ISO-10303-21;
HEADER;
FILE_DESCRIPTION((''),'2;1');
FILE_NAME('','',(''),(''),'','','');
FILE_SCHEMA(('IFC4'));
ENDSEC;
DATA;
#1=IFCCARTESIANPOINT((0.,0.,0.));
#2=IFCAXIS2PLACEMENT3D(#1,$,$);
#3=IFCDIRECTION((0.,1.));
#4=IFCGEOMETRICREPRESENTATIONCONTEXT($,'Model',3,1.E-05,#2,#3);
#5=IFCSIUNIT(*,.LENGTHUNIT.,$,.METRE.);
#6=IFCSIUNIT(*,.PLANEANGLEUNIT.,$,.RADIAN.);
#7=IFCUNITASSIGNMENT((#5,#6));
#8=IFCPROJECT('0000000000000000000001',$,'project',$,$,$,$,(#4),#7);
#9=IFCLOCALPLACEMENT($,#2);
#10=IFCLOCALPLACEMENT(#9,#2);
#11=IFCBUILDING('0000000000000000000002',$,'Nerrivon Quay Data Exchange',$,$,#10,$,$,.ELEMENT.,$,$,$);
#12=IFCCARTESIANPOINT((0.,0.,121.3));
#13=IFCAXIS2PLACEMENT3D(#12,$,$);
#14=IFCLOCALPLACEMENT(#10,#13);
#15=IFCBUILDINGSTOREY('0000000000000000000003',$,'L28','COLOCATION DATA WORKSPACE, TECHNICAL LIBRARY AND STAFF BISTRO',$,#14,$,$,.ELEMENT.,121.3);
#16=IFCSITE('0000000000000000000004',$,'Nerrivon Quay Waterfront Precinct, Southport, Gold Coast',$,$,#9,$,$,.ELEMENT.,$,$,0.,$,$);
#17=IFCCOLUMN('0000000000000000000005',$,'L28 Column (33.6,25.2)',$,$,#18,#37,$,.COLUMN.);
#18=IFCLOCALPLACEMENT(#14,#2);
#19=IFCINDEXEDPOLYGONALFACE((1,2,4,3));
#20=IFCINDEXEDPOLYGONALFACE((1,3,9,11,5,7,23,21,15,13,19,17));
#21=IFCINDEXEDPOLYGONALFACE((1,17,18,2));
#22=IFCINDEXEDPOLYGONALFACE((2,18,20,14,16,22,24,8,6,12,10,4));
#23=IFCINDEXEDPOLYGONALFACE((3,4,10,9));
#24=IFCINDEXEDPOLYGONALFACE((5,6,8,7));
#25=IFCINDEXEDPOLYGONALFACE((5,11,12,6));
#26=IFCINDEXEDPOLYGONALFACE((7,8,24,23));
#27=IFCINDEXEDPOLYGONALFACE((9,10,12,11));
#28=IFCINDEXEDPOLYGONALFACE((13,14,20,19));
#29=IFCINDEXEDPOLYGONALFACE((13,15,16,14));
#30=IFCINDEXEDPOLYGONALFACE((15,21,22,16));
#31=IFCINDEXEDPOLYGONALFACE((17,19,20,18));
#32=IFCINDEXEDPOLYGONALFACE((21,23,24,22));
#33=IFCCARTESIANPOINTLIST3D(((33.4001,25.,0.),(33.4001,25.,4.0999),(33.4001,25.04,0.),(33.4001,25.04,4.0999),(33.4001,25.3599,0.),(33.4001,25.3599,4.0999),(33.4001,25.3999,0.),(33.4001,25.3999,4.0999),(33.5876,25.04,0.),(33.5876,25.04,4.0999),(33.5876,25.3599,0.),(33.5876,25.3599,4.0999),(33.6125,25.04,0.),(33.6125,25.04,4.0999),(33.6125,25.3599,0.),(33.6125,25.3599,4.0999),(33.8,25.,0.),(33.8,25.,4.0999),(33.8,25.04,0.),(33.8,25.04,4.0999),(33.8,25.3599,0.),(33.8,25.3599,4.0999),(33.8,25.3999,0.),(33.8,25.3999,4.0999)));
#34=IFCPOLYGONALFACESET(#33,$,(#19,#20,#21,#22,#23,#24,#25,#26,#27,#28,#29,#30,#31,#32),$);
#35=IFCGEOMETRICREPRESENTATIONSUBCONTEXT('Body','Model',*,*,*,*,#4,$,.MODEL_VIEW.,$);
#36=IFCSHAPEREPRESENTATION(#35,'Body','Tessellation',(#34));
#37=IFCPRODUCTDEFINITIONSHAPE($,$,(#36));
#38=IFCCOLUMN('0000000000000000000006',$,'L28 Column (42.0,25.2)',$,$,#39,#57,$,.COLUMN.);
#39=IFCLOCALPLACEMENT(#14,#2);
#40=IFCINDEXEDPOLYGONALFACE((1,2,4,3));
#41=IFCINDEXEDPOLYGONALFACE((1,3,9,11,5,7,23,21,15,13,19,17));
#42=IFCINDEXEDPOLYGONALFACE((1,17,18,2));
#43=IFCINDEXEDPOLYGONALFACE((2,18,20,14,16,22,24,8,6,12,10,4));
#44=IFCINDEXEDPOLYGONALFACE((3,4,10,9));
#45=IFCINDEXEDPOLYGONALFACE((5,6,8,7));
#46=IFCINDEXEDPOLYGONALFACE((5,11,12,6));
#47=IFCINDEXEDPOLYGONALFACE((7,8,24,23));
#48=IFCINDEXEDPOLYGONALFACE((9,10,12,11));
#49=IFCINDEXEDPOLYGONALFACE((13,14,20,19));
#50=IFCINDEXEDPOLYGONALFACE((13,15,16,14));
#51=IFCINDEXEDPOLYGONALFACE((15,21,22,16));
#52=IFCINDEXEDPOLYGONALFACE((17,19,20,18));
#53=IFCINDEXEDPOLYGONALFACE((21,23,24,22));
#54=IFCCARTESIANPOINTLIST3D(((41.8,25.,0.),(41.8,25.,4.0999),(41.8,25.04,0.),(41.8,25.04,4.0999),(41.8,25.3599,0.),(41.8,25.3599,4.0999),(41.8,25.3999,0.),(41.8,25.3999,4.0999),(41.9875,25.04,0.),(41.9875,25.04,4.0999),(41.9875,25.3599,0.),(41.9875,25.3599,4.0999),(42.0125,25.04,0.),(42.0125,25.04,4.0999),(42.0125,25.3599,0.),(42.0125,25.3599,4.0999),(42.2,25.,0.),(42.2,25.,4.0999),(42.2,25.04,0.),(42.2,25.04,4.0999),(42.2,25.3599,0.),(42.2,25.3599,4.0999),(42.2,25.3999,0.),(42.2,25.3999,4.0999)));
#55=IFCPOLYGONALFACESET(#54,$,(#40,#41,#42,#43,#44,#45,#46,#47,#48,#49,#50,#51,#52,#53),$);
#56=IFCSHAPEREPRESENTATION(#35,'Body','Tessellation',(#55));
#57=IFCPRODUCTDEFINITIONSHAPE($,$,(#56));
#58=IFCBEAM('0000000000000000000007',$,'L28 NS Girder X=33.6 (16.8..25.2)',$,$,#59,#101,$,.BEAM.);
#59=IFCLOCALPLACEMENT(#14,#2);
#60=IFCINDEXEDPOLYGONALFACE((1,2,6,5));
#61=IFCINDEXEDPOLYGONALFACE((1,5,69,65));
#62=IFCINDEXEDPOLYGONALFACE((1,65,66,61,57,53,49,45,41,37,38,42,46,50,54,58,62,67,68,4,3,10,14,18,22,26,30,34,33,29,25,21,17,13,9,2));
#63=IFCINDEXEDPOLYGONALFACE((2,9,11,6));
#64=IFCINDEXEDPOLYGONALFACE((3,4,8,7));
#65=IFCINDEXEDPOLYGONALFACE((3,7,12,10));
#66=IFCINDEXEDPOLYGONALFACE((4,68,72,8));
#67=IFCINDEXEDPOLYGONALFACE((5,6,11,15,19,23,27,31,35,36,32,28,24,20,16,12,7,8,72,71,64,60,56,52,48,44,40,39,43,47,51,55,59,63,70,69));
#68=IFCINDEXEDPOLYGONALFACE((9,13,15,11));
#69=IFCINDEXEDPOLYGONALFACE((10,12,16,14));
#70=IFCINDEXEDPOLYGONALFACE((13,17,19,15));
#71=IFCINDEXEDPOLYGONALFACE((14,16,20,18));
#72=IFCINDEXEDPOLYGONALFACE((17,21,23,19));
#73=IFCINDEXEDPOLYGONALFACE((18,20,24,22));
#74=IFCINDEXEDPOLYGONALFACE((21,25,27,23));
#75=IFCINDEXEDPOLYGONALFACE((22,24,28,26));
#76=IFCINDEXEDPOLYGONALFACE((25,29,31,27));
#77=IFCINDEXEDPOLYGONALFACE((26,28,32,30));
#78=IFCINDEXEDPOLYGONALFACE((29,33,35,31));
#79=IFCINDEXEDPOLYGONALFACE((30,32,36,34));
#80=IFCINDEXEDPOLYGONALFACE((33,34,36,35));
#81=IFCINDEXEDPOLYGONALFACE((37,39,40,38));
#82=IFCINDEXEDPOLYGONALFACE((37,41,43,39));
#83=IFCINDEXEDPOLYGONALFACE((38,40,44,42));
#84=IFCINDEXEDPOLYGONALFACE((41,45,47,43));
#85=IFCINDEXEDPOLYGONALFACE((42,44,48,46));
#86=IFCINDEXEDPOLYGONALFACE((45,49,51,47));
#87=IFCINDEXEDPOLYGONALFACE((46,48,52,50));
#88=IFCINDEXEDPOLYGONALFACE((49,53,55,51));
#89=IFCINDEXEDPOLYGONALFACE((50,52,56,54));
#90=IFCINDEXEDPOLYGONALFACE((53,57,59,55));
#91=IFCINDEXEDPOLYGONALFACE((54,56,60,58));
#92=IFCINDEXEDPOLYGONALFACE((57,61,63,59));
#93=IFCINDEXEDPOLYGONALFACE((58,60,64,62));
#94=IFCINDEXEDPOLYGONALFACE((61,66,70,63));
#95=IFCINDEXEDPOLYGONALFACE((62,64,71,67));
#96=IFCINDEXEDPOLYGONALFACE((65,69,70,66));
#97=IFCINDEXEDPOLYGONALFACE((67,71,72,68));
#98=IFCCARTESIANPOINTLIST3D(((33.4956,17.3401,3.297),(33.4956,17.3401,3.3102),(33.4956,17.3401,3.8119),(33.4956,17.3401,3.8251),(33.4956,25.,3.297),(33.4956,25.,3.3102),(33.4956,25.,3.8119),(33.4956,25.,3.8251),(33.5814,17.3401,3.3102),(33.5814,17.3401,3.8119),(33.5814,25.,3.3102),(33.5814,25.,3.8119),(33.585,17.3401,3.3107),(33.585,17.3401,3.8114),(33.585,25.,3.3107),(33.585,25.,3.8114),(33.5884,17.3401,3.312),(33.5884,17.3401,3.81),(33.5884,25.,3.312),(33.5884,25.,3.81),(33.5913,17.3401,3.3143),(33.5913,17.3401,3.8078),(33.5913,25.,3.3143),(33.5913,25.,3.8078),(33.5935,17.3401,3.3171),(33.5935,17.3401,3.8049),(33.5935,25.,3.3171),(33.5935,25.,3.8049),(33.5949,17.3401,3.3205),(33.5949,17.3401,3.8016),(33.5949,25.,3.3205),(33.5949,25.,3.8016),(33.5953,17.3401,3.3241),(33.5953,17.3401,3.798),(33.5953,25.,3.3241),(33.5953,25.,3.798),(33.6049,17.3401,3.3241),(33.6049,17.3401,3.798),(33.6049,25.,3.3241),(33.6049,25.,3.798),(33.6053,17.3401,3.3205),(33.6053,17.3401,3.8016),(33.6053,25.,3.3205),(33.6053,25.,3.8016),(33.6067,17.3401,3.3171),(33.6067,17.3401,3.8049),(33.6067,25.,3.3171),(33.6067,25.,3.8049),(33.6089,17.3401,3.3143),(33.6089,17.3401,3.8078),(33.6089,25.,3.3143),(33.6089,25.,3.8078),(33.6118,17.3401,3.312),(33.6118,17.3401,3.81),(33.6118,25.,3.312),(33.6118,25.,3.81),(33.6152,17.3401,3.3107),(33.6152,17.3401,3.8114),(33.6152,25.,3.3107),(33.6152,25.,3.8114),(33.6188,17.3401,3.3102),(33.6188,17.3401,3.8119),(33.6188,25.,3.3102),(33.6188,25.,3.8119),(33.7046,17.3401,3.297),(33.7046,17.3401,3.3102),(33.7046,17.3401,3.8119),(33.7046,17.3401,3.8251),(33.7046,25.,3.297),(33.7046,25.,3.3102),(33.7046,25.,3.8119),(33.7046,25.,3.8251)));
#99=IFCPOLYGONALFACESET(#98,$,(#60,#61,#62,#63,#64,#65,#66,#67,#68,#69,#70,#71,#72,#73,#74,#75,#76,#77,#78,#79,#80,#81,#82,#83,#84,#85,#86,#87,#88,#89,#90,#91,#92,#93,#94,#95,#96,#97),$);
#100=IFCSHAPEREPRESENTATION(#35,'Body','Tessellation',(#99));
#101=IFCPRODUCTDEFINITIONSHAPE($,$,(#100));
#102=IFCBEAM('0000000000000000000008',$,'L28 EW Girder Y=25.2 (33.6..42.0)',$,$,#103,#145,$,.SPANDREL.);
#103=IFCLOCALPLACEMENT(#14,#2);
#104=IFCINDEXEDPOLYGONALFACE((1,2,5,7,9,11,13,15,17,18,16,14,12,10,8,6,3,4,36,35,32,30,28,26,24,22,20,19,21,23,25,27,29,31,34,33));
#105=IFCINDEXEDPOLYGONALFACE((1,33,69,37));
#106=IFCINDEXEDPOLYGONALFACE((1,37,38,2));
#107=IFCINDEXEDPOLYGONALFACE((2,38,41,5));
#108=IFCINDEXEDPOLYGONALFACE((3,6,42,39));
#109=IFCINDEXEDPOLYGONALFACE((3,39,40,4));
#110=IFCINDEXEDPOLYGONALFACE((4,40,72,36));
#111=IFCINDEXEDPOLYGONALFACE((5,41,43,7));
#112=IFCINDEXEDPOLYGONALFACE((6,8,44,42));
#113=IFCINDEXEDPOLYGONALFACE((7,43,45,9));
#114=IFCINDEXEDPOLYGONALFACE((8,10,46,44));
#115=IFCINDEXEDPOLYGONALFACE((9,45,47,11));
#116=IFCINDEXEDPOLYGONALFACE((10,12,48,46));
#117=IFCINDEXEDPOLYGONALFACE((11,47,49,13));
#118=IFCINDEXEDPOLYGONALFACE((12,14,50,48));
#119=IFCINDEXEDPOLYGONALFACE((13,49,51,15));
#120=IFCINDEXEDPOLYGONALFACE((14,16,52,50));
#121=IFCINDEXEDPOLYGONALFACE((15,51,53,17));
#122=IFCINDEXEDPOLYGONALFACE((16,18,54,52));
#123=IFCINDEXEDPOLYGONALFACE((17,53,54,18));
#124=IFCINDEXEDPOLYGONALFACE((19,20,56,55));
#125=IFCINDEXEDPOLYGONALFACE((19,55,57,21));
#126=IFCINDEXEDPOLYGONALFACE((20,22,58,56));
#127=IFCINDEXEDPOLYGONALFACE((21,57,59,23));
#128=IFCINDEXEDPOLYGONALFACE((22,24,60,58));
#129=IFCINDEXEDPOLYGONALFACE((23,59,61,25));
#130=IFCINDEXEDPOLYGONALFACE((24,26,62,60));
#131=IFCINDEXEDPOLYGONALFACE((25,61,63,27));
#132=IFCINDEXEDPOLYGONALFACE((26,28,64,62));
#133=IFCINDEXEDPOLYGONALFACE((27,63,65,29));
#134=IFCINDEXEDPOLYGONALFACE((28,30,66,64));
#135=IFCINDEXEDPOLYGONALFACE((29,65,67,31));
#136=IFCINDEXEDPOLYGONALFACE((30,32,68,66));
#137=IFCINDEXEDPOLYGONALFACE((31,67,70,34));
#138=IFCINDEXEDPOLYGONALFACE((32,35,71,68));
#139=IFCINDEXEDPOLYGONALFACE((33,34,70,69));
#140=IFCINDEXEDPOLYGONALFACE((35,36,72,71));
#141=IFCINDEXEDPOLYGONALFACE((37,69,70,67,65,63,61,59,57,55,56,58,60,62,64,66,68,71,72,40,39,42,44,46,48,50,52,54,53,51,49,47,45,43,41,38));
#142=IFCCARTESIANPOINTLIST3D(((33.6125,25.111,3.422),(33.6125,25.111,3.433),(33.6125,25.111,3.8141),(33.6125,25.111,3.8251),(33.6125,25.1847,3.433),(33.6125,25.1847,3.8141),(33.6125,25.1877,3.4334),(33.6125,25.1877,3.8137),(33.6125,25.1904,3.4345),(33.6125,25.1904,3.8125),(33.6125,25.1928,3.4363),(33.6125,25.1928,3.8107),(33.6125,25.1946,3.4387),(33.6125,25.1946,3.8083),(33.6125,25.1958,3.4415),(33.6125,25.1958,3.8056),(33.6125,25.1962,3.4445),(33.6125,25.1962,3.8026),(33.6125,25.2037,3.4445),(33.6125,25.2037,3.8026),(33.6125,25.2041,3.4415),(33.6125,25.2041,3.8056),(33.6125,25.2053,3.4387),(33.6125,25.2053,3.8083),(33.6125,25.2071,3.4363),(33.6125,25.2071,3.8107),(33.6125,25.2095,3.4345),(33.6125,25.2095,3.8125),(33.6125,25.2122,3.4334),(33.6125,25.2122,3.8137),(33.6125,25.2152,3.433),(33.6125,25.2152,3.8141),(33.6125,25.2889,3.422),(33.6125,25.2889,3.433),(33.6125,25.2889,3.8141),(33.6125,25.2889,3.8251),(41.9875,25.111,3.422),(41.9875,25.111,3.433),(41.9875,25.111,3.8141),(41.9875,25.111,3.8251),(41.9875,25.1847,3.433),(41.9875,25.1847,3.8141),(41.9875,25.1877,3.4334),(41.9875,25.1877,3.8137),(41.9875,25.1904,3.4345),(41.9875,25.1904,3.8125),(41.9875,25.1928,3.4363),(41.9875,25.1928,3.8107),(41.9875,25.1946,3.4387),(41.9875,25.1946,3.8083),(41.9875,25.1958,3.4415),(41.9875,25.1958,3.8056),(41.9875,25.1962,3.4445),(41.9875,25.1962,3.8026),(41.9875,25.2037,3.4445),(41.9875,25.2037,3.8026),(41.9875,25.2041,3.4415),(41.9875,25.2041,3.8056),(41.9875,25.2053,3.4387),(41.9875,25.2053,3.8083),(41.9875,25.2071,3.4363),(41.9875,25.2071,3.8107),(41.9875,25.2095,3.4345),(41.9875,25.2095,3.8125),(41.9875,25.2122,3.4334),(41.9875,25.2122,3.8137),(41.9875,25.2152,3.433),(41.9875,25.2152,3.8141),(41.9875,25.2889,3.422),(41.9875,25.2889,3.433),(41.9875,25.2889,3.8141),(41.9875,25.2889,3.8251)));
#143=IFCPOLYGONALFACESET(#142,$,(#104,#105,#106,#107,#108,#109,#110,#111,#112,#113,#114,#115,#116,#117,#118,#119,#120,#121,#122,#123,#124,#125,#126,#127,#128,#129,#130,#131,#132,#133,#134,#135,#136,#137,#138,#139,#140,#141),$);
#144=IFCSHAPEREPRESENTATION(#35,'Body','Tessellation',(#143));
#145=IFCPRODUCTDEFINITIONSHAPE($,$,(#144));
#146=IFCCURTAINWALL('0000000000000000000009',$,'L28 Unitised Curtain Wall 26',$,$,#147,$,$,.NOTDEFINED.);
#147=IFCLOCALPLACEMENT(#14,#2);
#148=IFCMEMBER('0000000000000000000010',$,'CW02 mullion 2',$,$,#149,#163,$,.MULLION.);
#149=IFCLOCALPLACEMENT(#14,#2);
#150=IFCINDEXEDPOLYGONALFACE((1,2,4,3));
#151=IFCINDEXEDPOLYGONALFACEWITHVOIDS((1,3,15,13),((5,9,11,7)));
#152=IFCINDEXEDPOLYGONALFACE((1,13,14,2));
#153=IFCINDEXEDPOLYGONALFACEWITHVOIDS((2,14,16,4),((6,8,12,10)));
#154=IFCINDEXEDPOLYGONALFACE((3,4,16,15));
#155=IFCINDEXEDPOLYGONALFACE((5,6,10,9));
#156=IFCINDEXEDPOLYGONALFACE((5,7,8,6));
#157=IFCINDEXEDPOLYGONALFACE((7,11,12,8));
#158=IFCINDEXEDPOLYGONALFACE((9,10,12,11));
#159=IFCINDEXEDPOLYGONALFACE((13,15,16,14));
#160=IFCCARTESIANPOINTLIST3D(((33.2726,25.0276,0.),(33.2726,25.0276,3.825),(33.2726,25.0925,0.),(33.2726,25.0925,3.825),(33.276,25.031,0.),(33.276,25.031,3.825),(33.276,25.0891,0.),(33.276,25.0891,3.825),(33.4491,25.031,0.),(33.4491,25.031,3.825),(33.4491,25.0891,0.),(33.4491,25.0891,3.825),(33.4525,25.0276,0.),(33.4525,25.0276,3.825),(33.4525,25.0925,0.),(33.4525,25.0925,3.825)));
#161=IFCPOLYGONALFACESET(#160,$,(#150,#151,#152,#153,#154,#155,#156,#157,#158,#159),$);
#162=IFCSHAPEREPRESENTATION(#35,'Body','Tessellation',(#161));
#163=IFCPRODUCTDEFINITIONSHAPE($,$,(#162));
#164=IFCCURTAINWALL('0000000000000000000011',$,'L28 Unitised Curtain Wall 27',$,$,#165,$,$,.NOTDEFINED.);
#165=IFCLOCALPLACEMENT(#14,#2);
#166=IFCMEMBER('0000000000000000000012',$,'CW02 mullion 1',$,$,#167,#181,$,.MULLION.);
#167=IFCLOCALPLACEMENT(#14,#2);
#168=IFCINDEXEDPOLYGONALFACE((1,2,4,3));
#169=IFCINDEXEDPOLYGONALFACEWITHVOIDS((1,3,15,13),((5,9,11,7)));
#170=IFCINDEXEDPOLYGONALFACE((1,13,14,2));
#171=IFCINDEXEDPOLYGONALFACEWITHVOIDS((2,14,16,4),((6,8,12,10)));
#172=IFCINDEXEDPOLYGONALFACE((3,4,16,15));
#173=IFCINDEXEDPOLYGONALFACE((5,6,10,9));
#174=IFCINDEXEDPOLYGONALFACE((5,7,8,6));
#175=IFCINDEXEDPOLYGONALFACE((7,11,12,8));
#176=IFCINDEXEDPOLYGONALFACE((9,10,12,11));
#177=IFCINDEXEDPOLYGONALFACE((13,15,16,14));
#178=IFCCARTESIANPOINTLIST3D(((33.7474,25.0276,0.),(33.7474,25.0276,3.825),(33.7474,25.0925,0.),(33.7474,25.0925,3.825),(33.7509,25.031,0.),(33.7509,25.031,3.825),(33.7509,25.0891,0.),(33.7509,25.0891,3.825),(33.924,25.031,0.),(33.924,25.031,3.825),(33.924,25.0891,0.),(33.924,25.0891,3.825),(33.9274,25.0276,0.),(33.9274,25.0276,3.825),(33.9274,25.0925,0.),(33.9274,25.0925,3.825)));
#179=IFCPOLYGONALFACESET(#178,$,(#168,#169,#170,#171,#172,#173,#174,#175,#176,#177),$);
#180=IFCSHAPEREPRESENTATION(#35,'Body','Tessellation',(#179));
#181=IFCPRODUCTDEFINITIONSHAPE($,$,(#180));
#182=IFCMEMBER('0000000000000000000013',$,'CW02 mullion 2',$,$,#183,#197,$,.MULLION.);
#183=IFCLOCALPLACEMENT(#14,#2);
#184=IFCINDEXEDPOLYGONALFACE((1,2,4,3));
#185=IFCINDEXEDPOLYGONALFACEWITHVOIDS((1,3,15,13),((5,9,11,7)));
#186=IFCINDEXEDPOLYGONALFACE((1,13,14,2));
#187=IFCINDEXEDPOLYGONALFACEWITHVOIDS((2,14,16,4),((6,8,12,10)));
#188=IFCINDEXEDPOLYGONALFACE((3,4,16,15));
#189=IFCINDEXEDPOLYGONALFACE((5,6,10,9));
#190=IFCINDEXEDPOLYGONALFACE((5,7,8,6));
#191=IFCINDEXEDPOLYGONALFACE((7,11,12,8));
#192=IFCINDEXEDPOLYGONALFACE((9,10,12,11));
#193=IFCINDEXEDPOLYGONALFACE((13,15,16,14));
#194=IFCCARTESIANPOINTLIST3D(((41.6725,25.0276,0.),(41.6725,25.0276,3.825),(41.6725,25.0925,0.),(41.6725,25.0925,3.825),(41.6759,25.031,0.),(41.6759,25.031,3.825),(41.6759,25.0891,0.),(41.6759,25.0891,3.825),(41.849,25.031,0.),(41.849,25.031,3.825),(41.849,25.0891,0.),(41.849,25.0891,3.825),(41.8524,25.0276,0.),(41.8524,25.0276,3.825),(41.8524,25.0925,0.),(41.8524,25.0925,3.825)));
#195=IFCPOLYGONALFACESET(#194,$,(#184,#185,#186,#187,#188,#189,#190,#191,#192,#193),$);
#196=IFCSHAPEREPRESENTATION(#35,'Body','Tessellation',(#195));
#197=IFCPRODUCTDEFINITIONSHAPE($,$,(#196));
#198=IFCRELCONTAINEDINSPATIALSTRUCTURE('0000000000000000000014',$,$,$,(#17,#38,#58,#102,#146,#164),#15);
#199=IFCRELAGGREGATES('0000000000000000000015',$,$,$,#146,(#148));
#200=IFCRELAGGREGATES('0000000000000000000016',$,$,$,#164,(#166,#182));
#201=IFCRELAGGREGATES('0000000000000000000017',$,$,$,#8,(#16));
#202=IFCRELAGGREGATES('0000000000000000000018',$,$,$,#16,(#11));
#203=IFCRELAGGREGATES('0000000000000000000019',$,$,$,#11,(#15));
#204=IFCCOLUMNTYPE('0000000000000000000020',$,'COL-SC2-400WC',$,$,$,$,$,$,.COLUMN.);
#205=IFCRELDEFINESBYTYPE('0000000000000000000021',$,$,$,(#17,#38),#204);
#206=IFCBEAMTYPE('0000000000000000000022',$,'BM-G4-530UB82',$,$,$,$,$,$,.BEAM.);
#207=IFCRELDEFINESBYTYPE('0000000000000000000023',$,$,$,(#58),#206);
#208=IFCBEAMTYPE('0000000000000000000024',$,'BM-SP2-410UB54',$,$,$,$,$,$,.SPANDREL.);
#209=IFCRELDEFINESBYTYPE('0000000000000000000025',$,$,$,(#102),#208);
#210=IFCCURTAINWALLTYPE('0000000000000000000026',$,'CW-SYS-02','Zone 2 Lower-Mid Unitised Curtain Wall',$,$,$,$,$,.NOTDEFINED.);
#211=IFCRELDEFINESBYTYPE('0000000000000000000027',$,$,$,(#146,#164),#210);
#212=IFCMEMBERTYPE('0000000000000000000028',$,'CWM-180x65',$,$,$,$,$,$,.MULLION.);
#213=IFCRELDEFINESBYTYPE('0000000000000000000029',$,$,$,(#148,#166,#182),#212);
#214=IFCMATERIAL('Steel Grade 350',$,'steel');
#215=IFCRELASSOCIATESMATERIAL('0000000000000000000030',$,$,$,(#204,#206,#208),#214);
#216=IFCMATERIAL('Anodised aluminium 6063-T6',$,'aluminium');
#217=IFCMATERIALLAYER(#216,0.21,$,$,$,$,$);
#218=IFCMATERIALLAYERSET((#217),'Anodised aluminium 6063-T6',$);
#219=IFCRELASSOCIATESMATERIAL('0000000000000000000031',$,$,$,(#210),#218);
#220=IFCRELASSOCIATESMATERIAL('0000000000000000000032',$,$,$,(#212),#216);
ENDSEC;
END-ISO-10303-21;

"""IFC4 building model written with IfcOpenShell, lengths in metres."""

from ifc_helpers import new_model, si_unit, direction, frame, origin, origin_2d, place, context, subcontext, project, spatial, hollow_rectangle, i_section, extrude, material, layer, layer_set, material_profile, profile_set, type_object, element, aggregate, save


model = new_model("IFC4")

# Units and contexts
model_context = context("Model", 3, precision=1e-05, world=origin(), true_north=direction((0.0, 1.0)))
body_context = subcontext(model_context, "Body", "Model", "MODEL_VIEW")
ifc_project = project(units=[si_unit("LENGTHUNIT", "METRE"), si_unit("PLANEANGLEUNIT", "RADIAN")], contexts=[model_context])

# Site, building, storey
site_placement = place(None, origin())
site = spatial("IfcSite", under=ifc_project, at=site_placement, Name="Nerrivon Quay Waterfront Precinct, Southport, Gold Coast", CompositionType="ELEMENT", RefElevation=0.0)
building_placement = place(site_placement, origin())
building = spatial("IfcBuilding", under=site, at=building_placement, Name="Nerrivon Quay Data Exchange", CompositionType="ELEMENT")
storey_placement = place(building_placement, frame((0.0, 0.0, 121.3)))
storey = spatial("IfcBuildingStorey", under=building, at=storey_placement, Name="L28", Description="COLOCATION DATA WORKSPACE, TECHNICAL LIBRARY AND STAFF BISTRO", CompositionType="ELEMENT", Elevation=121.3)

# Columns
ifc_material_1 = material(Name="Steel Grade 350", Category="steel")
ifc_material_profile_1 = material_profile(ifc_material_1, i_section(OverallWidth=0.3999, OverallDepth=0.3999, WebThickness=0.0249, FlangeThickness=0.04, at=origin_2d()), Name="400WC328")
ifc_profile_set_1 = profile_set([ifc_material_profile_1], Name="Steel Grade 350")
column_type = type_object("IfcColumnType", Name="COL-SC2-400WC", PredefinedType="COLUMN", material=ifc_profile_set_1)
for number, where, z_axis, x_axis, name in (
    (1, (33.6001, 25.2, 0.0), (0.0, 0.0, 1.0), (1.0, 0.0, 0.0), "L28 Column (33.6,25.2)"),
    (2, (42.0, 25.2, 0.0), (0.0, 0.0, 1.0), (1.0, 0.0, 0.0), "L28 Column (42.0,25.2)"),
):
    element("IfcColumn", number, at=place(storey_placement, frame(where, z_axis=z_axis, x_axis=x_axis)), inside=storey, type_object=column_type, Name=name, PredefinedType="COLUMN", context=body_context, shape_type="SweptSolid", body=[
        extrude(i_section(OverallWidth=0.3999, OverallDepth=0.3999, WebThickness=0.0249, FlangeThickness=0.04, at=origin_2d()), origin(), (0.0, 0.0, 1.0), 4.0999),
    ])

# Beams
ifc_material_profile_2 = material_profile(ifc_material_1, i_section(OverallWidth=0.209, OverallDepth=0.5281, WebThickness=0.0095, FlangeThickness=0.0132, FilletRadius=0.0139, at=origin_2d()), Name="530UB82.0")
ifc_profile_set_2 = profile_set([ifc_material_profile_2], Name="Steel Grade 350")
beam_type_1 = type_object("IfcBeamType", Name="BM-G4-530UB82", PredefinedType="BEAM", material=ifc_profile_set_2)
beam_1_placement = place(storey_placement, frame((33.6001, 17.3401, 3.561), z_axis=(0.0, 1.0, 0.0), x_axis=(-1.0, 0.0, 0.0)))
element("IfcBeam", 3, at=beam_1_placement, inside=storey, type_object=beam_type_1, Name="L28 NS Girder X=33.6 (16.8..25.2)", PredefinedType="BEAM", context=body_context, shape_type="SweptSolid", body=[
    extrude(i_section(OverallWidth=0.209, OverallDepth=0.5281, WebThickness=0.0095, FlangeThickness=0.0132, FilletRadius=0.0139, at=origin_2d()), origin(), (0.0, 0.0, 1.0), 7.6599),
])
ifc_material_profile_3 = material_profile(ifc_material_1, i_section(OverallWidth=0.178, OverallDepth=0.4031, WebThickness=0.0076, FlangeThickness=0.011, FilletRadius=0.0115, at=origin_2d()), Name="410UB53.7")
ifc_profile_set_3 = profile_set([ifc_material_profile_3], Name="Steel Grade 350")
beam_type_2 = type_object("IfcBeamType", Name="BM-SP2-410UB54", PredefinedType="SPANDREL", material=ifc_profile_set_3)
beam_2_placement = place(storey_placement, frame((33.6125, 25.2, 3.6235), z_axis=(1.0, 0.0, 0.0), x_axis=(0.0, 1.0, 0.0)))
element("IfcBeam", 4, at=beam_2_placement, inside=storey, type_object=beam_type_2, Name="L28 EW Girder Y=25.2 (33.6..42.0)", PredefinedType="SPANDREL", context=body_context, shape_type="SweptSolid", body=[
    extrude(i_section(OverallWidth=0.178, OverallDepth=0.4031, WebThickness=0.0076, FlangeThickness=0.011, FilletRadius=0.0115, at=origin_2d()), origin(), (0.0, 0.0, 1.0), 8.375),
])

# Curtain wall, member
ifc_material_2 = material(Name="Anodised aluminium 6063-T6", Category="aluminium")
ifc_layer_1 = layer(ifc_material_2, 0.21)
ifc_layer_set_1 = layer_set([ifc_layer_1], Name="Anodised aluminium 6063-T6")
curtain_wall_type = type_object("IfcCurtainWallType", Name="CW-SYS-02", Description="Zone 2 Lower-Mid Unitised Curtain Wall", PredefinedType="NOTDEFINED", material=ifc_layer_set_1)
curtain_wall_1_placement = place(storey_placement, origin())
curtain_wall_1 = element("IfcCurtainWall", 5, at=curtain_wall_1_placement, inside=storey, type_object=curtain_wall_type, Name="L28 Unitised Curtain Wall 26", PredefinedType="NOTDEFINED")
ifc_material_profile_4 = material_profile(ifc_material_2, hollow_rectangle(XDim=0.0649, YDim=0.1799, WallThickness=0.0034, at=origin_2d()), Name="ALU-MULL-180x65")
ifc_profile_set_4 = profile_set([ifc_material_profile_4], Name="Anodised aluminium 6063-T6")
member_type_1 = type_object("IfcMemberType", Name="CWM-180x65", PredefinedType="MULLION", material=ifc_profile_set_4)
member_1_placement = place(storey_placement, frame((33.3625, 25.0601, 0.0), z_axis=(0.0, 0.0, 1.0), x_axis=(0.0, 1.0, 0.0)))
member_1 = element("IfcMember", 6, at=member_1_placement, type_object=member_type_1, Name="CW02 mullion 2", PredefinedType="MULLION", context=body_context, shape_type="SweptSolid", body=[
    extrude(hollow_rectangle(XDim=0.0649, YDim=0.1799, WallThickness=0.0034, at=origin_2d()), origin(), (0.0, 0.0, 1.0), 3.825),
])

# Curtain wall, members
curtain_wall_2_placement = place(storey_placement, origin())
curtain_wall_2 = element("IfcCurtainWall", 7, at=curtain_wall_2_placement, inside=storey, type_object=curtain_wall_type, Name="L28 Unitised Curtain Wall 27", PredefinedType="NOTDEFINED")
member_2_placement = place(storey_placement, frame((33.8374, 25.0601, 0.0), z_axis=(0.0, 0.0, 1.0), x_axis=(0.0, 1.0, 0.0)))
member_2 = element("IfcMember", 8, at=member_2_placement, type_object=member_type_1, Name="CW02 mullion 1", PredefinedType="MULLION", context=body_context, shape_type="SweptSolid", body=[
    extrude(hollow_rectangle(XDim=0.0649, YDim=0.1799, WallThickness=0.0034, at=origin_2d()), origin(), (0.0, 0.0, 1.0), 3.825),
])
member_3_placement = place(storey_placement, frame((41.7625, 25.0601, 0.0), z_axis=(0.0, 0.0, 1.0), x_axis=(0.0, 1.0, 0.0)))
member_3 = element("IfcMember", 9, at=member_3_placement, type_object=member_type_1, Name="CW02 mullion 2", PredefinedType="MULLION", context=body_context, shape_type="SweptSolid", body=[
    extrude(hollow_rectangle(XDim=0.0649, YDim=0.1799, WallThickness=0.0034, at=origin_2d()), origin(), (0.0, 0.0, 1.0), 3.825),
])

aggregate(curtain_wall_1, [member_1])
aggregate(curtain_wall_2, [member_2, member_3])

save(model, "model.ifc")
